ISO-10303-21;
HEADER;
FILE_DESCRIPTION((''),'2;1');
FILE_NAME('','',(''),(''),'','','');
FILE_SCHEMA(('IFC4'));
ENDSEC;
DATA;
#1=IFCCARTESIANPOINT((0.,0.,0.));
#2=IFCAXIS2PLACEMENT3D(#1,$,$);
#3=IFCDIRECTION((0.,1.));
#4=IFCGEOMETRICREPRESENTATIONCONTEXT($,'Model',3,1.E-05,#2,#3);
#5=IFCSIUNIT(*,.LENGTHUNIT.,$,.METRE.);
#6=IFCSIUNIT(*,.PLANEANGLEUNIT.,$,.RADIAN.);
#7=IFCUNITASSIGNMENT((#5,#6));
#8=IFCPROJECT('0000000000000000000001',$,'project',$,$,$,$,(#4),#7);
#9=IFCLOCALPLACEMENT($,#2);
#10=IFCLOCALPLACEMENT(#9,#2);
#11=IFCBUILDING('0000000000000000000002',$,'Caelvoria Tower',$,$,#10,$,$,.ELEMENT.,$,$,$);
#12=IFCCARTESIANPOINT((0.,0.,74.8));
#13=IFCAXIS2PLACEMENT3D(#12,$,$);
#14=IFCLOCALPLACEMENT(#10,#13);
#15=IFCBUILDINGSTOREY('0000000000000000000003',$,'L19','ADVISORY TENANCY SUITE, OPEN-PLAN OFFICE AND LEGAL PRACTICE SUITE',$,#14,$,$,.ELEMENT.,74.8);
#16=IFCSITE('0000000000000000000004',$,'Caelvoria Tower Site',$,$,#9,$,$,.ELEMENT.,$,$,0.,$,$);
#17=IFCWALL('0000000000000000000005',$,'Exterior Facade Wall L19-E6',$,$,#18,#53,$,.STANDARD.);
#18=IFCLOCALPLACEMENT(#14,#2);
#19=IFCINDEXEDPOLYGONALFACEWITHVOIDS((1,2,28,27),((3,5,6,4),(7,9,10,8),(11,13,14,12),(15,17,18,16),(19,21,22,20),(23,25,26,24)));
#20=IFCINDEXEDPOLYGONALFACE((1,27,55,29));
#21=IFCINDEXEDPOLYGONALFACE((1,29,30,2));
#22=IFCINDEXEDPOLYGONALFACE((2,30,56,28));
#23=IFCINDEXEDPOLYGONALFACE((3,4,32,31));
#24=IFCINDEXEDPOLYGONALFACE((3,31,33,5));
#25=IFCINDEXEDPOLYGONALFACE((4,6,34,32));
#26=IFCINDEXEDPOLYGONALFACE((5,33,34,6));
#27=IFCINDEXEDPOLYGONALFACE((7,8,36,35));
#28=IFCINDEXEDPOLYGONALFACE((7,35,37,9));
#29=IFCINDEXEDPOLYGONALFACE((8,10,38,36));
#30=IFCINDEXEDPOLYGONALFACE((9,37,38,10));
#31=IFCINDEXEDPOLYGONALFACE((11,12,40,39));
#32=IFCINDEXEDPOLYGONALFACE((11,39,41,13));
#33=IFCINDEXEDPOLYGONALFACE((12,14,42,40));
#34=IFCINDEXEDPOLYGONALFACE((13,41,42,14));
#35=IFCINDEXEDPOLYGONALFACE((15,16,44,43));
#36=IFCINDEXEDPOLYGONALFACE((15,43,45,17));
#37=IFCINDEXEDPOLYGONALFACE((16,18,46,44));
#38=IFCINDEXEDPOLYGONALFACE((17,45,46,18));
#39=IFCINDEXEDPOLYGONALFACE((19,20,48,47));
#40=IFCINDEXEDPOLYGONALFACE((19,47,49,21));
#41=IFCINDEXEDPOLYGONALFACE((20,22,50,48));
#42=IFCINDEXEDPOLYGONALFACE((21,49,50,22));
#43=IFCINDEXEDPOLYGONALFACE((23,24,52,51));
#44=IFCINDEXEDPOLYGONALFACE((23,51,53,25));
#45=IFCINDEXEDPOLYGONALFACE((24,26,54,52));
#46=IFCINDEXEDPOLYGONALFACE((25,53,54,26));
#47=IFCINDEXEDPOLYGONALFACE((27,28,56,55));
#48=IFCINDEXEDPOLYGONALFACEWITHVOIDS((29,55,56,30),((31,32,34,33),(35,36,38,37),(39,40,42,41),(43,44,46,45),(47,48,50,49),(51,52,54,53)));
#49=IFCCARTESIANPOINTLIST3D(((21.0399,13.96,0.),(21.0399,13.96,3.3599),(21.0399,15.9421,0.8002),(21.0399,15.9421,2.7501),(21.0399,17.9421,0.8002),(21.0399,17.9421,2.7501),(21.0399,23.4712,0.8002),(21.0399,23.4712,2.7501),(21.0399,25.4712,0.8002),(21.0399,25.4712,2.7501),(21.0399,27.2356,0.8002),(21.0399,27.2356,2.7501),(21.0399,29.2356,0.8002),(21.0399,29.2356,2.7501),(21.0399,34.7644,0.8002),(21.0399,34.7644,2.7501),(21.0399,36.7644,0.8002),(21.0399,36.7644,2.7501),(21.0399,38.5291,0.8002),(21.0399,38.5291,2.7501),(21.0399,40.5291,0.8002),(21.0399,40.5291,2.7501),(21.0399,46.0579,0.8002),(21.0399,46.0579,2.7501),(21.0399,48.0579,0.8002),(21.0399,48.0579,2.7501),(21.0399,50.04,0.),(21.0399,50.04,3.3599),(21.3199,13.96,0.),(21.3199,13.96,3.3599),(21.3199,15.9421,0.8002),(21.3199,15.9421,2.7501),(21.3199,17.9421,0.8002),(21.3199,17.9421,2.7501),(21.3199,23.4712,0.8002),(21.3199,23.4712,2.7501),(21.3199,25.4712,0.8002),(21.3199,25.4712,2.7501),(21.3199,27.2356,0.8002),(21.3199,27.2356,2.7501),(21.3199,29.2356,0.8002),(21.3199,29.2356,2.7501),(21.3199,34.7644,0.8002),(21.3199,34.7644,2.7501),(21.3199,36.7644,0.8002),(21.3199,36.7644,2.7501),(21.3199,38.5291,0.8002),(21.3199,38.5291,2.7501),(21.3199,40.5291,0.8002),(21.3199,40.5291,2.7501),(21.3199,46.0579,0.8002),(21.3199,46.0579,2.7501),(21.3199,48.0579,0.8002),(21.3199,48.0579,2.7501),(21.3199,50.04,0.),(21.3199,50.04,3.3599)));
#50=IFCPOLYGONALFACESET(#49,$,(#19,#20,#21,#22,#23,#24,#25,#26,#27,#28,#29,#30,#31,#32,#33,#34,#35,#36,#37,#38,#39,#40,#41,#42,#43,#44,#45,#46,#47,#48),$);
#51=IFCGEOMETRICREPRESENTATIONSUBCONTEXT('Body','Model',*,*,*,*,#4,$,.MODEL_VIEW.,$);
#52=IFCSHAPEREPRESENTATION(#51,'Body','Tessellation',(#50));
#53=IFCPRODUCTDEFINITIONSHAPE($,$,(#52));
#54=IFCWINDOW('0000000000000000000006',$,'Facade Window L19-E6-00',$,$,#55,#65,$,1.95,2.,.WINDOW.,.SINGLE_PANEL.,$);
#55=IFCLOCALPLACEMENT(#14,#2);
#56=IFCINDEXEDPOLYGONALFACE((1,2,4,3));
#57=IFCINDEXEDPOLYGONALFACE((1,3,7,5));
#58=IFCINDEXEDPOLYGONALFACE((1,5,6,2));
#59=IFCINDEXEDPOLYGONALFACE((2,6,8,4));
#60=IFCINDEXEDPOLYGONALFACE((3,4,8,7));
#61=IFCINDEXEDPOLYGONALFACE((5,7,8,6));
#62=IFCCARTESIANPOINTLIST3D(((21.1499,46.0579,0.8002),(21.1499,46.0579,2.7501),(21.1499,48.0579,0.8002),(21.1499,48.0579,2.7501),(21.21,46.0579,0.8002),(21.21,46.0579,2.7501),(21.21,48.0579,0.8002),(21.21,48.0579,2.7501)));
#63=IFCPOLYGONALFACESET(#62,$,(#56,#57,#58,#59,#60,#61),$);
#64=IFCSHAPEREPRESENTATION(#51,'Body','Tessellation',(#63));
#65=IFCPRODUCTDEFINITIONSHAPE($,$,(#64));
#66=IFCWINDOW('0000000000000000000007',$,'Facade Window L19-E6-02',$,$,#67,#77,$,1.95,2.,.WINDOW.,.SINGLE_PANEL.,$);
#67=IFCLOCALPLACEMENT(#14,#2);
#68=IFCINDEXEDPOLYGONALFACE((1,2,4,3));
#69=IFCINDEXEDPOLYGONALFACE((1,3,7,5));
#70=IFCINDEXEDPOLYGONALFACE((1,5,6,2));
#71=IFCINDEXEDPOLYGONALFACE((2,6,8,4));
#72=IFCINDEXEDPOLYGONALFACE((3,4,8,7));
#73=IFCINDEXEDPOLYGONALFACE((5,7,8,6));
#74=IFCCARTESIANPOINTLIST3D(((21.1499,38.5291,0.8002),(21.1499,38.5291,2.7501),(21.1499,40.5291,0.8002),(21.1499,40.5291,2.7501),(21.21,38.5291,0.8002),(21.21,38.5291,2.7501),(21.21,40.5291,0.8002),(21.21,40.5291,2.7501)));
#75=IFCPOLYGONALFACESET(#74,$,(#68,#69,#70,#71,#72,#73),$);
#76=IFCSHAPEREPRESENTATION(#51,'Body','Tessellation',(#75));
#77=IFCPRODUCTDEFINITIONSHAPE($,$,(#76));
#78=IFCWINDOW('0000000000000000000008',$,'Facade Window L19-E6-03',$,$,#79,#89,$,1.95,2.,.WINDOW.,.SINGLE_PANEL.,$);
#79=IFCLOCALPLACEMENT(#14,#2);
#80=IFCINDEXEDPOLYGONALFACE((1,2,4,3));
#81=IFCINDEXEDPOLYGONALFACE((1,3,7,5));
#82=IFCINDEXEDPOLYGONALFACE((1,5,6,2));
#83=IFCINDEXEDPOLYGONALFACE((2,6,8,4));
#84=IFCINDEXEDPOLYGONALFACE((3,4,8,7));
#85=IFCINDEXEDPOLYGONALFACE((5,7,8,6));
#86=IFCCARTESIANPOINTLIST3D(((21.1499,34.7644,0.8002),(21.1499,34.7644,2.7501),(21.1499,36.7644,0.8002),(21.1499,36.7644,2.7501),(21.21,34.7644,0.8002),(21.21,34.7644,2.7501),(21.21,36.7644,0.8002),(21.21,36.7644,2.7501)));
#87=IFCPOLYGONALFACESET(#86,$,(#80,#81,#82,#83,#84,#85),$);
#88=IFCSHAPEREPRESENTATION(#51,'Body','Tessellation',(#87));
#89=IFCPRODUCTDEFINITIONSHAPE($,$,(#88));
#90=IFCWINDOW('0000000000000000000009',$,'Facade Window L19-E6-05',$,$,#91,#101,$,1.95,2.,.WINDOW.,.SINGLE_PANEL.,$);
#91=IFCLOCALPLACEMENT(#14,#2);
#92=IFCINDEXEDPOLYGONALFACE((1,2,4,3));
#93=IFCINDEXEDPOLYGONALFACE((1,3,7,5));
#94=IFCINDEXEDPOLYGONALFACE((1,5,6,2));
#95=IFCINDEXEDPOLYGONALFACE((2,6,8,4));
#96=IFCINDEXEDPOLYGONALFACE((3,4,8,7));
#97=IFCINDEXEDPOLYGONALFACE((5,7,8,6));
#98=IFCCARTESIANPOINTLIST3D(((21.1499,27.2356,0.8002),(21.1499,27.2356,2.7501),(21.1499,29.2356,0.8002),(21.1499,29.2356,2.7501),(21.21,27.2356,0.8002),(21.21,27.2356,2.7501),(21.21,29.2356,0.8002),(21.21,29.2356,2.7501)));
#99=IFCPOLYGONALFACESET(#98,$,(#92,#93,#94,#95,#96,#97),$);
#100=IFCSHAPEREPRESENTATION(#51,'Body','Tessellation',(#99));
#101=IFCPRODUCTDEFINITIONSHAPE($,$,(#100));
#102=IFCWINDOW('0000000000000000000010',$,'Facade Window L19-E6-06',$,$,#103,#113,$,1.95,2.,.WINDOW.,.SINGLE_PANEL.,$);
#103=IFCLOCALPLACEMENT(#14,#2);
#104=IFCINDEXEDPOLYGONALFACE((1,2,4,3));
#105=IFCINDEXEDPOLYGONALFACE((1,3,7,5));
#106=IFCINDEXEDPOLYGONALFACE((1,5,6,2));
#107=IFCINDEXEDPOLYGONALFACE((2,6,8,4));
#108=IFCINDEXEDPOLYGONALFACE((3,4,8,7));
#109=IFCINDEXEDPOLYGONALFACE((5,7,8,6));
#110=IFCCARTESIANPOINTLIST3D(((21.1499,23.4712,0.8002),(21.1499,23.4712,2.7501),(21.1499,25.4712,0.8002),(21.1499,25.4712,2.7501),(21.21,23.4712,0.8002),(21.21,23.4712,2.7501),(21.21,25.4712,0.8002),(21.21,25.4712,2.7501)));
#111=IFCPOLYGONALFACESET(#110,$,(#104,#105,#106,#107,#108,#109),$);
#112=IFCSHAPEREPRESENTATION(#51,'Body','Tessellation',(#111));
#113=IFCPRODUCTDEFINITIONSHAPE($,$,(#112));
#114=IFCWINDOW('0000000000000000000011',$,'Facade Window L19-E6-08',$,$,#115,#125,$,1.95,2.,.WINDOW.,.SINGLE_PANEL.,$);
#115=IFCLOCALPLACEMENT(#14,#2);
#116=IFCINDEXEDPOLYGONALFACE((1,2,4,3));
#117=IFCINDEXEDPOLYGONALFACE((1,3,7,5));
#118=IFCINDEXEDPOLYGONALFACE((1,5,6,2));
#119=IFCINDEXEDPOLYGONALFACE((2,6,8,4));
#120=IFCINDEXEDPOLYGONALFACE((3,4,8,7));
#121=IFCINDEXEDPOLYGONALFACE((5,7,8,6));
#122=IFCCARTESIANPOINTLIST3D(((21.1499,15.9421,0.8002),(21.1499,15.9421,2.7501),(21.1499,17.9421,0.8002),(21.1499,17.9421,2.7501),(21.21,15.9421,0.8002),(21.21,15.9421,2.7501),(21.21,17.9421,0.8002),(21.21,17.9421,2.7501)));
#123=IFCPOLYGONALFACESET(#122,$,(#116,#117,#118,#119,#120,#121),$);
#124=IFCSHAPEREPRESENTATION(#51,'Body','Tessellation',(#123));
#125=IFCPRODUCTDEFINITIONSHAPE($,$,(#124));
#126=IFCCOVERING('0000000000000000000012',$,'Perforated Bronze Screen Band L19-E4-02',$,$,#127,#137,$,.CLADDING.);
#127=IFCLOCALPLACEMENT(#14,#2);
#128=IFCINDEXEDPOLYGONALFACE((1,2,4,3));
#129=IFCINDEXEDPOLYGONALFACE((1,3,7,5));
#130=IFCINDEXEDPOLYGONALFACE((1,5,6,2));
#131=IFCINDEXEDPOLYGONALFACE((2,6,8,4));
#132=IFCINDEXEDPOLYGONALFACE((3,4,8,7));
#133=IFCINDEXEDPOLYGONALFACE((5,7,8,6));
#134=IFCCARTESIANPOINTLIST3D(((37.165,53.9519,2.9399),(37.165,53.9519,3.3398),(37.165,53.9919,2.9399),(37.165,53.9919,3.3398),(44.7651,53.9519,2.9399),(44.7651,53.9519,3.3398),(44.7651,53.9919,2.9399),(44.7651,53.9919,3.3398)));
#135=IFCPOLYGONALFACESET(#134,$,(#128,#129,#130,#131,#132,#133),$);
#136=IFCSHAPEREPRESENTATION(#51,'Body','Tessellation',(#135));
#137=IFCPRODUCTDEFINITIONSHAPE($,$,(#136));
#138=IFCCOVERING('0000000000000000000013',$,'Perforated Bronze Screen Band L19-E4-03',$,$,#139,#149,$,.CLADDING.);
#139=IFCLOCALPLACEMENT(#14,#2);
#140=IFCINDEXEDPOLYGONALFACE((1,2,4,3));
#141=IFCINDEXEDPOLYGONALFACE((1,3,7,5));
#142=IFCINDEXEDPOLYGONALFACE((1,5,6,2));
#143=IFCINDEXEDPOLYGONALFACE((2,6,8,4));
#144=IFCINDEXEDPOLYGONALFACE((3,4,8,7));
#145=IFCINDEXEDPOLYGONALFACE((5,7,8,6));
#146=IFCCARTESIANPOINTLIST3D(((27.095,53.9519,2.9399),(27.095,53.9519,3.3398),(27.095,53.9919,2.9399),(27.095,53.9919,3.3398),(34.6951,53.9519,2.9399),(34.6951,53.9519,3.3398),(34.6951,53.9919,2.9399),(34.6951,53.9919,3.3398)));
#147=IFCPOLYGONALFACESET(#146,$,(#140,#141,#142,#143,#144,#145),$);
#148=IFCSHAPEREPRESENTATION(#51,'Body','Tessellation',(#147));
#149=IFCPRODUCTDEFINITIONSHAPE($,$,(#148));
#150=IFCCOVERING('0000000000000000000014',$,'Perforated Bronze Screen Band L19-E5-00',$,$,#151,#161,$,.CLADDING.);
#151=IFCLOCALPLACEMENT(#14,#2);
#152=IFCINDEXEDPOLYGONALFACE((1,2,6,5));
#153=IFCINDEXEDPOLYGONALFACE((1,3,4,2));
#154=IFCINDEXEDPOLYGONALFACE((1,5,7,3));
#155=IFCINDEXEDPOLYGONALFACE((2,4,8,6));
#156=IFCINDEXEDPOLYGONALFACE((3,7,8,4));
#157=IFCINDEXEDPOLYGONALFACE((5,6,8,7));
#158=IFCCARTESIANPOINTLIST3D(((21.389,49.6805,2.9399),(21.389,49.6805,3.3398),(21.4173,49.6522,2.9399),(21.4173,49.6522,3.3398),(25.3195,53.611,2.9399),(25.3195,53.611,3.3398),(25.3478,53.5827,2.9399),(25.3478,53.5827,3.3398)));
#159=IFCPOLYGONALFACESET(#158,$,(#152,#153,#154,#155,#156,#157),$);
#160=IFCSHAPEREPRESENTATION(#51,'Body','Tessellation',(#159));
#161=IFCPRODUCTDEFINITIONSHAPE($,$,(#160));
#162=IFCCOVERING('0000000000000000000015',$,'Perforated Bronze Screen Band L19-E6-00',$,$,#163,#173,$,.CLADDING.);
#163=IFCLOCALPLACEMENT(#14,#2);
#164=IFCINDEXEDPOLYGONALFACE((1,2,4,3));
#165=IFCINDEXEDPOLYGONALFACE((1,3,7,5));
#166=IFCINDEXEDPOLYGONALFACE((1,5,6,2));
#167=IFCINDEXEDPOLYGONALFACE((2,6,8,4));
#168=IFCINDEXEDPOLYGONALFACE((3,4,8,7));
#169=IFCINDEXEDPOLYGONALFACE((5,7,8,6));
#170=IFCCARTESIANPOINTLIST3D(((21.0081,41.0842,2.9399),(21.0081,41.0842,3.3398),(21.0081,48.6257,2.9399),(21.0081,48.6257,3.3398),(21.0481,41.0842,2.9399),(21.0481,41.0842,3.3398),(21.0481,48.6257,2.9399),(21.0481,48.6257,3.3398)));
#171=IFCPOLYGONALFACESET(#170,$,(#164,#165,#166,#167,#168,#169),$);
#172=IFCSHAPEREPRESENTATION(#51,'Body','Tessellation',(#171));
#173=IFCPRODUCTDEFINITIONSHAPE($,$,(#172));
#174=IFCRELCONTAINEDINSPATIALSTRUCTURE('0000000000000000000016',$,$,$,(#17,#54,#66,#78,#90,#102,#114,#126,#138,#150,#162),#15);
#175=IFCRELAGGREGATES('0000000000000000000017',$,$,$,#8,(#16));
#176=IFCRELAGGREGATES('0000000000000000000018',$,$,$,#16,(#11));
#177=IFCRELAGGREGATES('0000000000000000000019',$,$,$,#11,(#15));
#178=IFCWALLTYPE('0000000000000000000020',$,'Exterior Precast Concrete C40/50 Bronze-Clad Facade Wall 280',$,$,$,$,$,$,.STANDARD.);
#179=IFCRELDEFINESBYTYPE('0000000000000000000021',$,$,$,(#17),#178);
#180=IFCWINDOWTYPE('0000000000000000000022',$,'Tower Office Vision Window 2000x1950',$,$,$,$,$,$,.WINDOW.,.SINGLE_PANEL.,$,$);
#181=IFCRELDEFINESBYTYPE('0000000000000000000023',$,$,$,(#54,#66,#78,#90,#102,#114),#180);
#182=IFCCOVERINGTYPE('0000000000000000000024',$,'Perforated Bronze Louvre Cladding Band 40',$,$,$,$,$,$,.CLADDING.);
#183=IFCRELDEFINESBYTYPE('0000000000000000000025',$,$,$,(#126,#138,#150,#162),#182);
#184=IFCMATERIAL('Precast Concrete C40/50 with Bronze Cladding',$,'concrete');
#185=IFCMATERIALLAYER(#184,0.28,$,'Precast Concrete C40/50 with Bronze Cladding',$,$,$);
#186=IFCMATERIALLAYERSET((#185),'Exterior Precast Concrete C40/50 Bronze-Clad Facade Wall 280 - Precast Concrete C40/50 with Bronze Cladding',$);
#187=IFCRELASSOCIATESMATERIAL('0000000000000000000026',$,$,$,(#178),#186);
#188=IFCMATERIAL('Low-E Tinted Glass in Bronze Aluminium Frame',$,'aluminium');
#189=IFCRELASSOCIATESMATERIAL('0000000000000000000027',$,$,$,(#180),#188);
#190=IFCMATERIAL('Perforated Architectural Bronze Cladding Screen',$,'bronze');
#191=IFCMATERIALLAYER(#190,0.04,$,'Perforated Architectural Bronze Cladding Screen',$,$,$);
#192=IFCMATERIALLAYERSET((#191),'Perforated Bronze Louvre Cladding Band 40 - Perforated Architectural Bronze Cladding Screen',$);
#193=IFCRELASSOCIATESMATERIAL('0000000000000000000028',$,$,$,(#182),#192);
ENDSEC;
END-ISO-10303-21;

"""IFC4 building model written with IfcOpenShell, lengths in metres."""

from ifc_helpers import new_model, si_unit, direction, frame, frame_2d, origin, origin_2d, place, context, subcontext, project, spatial, rectangle, extrude, material, layer, layer_set, type_object, element, fill, save


model = new_model("IFC4")

# Units and contexts
model_context = context("Model", 3, precision=1e-05, world=origin(), true_north=direction((0.0, 1.0)))
body_context = subcontext(model_context, "Body", "Model", "MODEL_VIEW")
ifc_project = project(units=[si_unit("LENGTHUNIT", "METRE"), si_unit("PLANEANGLEUNIT", "RADIAN")], contexts=[model_context])

# Site, building, storey
site_placement = place(None, origin())
site = spatial("IfcSite", under=ifc_project, at=site_placement, Name="Caelvoria Tower Site", CompositionType="ELEMENT", RefElevation=0.0)
building_placement = place(site_placement, origin())
building = spatial("IfcBuilding", under=site, at=building_placement, Name="Caelvoria Tower", CompositionType="ELEMENT")
storey_placement = place(building_placement, frame((0.0, 0.0, 74.8)))
storey = spatial("IfcBuildingStorey", under=building, at=storey_placement, Name="L19", Description="ADVISORY TENANCY SUITE, OPEN-PLAN OFFICE AND LEGAL PRACTICE SUITE", CompositionType="ELEMENT", Elevation=74.8)

# Shared definitions
ifc_material_1 = material(Name="Precast Concrete C40/50 with Bronze Cladding", Category="concrete")
ifc_layer_1 = layer(ifc_material_1, 0.28, Name="Precast Concrete C40/50 with Bronze Cladding")
ifc_layer_set_1 = layer_set([ifc_layer_1], Name="Exterior Precast Concrete C40/50 Bronze-Clad Facade Wall 280 - Precast Concrete C40/50 with Bronze Cladding")
wall_type = type_object("IfcWallType", Name="Exterior Precast Concrete C40/50 Bronze-Clad Facade Wall 280", PredefinedType="STANDARD", material=ifc_layer_set_1)

# Wall, openings, windows
wall_1_placement = place(storey_placement, frame((21.1799, 50.04, 0.0), z_axis=(0.0, 0.0, 1.0), x_axis=(0.0, -1.0, 0.0)))
wall_1 = element("IfcWall", 1, at=wall_1_placement, inside=storey, type_object=wall_type, Name="Exterior Facade Wall L19-E6", PredefinedType="STANDARD", context=body_context, shape_type="SweptSolid", body=[
    extrude(rectangle(XDim=36.0801, YDim=0.28, at=frame_2d((18.04, 0.0))), origin(), (0.0, 0.0, 1.0), 3.3599),
])
opening_1_placement = place(wall_1_placement, frame((1.9822, 0.0, 0.8)))
opening_1 = element("IfcOpeningElement", 2, at=opening_1_placement, cuts=wall_1, PredefinedType="OPENING", context=body_context, shape_type="SweptSolid", body=[
    extrude(rectangle(XDim=2.0, YDim=1.95, at=frame_2d((1.0, 0.9751))), frame((0.0, 0.1499, 0.0), z_axis=(0.0, -1.0, 0.0), x_axis=(1.0, 0.0, 0.0)), (0.0, 0.0, 1.0), 0.3),
])
opening_2_placement = place(wall_1_placement, frame((9.511, 0.0, 0.8)))
opening_2 = element("IfcOpeningElement", 3, at=opening_2_placement, cuts=wall_1, PredefinedType="OPENING", context=body_context, shape_type="SweptSolid", body=[
    extrude(rectangle(XDim=2.0, YDim=1.95, at=frame_2d((1.0, 0.9751))), frame((0.0, 0.1499, 0.0), z_axis=(0.0, -1.0, 0.0), x_axis=(1.0, 0.0, 0.0)), (0.0, 0.0, 1.0), 0.3),
])
opening_3_placement = place(wall_1_placement, frame((13.2756, 0.0, 0.8)))
opening_3 = element("IfcOpeningElement", 4, at=opening_3_placement, cuts=wall_1, PredefinedType="OPENING", context=body_context, shape_type="SweptSolid", body=[
    extrude(rectangle(XDim=2.0, YDim=1.95, at=frame_2d((1.0, 0.9751))), frame((0.0, 0.1499, 0.0), z_axis=(0.0, -1.0, 0.0), x_axis=(1.0, 0.0, 0.0)), (0.0, 0.0, 1.0), 0.3),
])
opening_4_placement = place(wall_1_placement, frame((20.8044, 0.0, 0.8)))
opening_4 = element("IfcOpeningElement", 5, at=opening_4_placement, cuts=wall_1, PredefinedType="OPENING", context=body_context, shape_type="SweptSolid", body=[
    extrude(rectangle(XDim=2.0, YDim=1.95, at=frame_2d((1.0, 0.9751))), frame((0.0, 0.1499, 0.0), z_axis=(0.0, -1.0, 0.0), x_axis=(1.0, 0.0, 0.0)), (0.0, 0.0, 1.0), 0.3),
])
opening_5_placement = place(wall_1_placement, frame((24.5688, 0.0, 0.8)))
opening_5 = element("IfcOpeningElement", 6, at=opening_5_placement, cuts=wall_1, PredefinedType="OPENING", context=body_context, shape_type="SweptSolid", body=[
    extrude(rectangle(XDim=2.0, YDim=1.95, at=frame_2d((1.0, 0.9751))), frame((0.0, 0.1499, 0.0), z_axis=(0.0, -1.0, 0.0), x_axis=(1.0, 0.0, 0.0)), (0.0, 0.0, 1.0), 0.3),
])
opening_6_placement = place(wall_1_placement, frame((32.0979, 0.0, 0.8)))
opening_6 = element("IfcOpeningElement", 7, at=opening_6_placement, cuts=wall_1, PredefinedType="OPENING", context=body_context, shape_type="SweptSolid", body=[
    extrude(rectangle(XDim=2.0, YDim=1.95, at=frame_2d((1.0, 0.9751))), frame((0.0, 0.1499, 0.0), z_axis=(0.0, -1.0, 0.0), x_axis=(1.0, 0.0, 0.0)), (0.0, 0.0, 1.0), 0.3),
])
ifc_material_2 = material(Name="Low-E Tinted Glass in Bronze Aluminium Frame", Category="aluminium")
window_type = type_object("IfcWindowType", Name="Tower Office Vision Window 2000x1950", PartitioningType="SINGLE_PANEL", PredefinedType="WINDOW", material=ifc_material_2)
window_1_placement = place(opening_1_placement, origin())
window_1 = element("IfcWindow", 8, at=window_1_placement, inside=storey, type_object=window_type, Name="Facade Window L19-E6-00", OverallHeight=1.95, OverallWidth=2.0, PartitioningType="SINGLE_PANEL", PredefinedType="WINDOW", context=body_context, shape_type="SweptSolid", body=[
    extrude(rectangle(XDim=2.0, YDim=1.95, at=frame_2d((1.0, 0.9751))), frame((0.0, 0.03, 0.0), z_axis=(0.0, -1.0, 0.0), x_axis=(1.0, 0.0, 0.0)), (0.0, 0.0, 1.0), 0.0601),
])
fill(opening_1, window_1)
window_2_placement = place(opening_2_placement, origin())
window_2 = element("IfcWindow", 9, at=window_2_placement, inside=storey, type_object=window_type, Name="Facade Window L19-E6-02", OverallHeight=1.95, OverallWidth=2.0, PartitioningType="SINGLE_PANEL", PredefinedType="WINDOW", context=body_context, shape_type="SweptSolid", body=[
    extrude(rectangle(XDim=2.0, YDim=1.95, at=frame_2d((1.0, 0.9751))), frame((0.0, 0.03, 0.0), z_axis=(0.0, -1.0, 0.0), x_axis=(1.0, 0.0, 0.0)), (0.0, 0.0, 1.0), 0.0601),
])
fill(opening_2, window_2)
window_3_placement = place(opening_3_placement, origin())
window_3 = element("IfcWindow", 10, at=window_3_placement, inside=storey, type_object=window_type, Name="Facade Window L19-E6-03", OverallHeight=1.95, OverallWidth=2.0, PartitioningType="SINGLE_PANEL", PredefinedType="WINDOW", context=body_context, shape_type="SweptSolid", body=[
    extrude(rectangle(XDim=2.0, YDim=1.95, at=frame_2d((1.0, 0.9751))), frame((0.0, 0.03, 0.0), z_axis=(0.0, -1.0, 0.0), x_axis=(1.0, 0.0, 0.0)), (0.0, 0.0, 1.0), 0.0601),
])
fill(opening_3, window_3)
window_4_placement = place(opening_4_placement, origin())
window_4 = element("IfcWindow", 11, at=window_4_placement, inside=storey, type_object=window_type, Name="Facade Window L19-E6-05", OverallHeight=1.95, OverallWidth=2.0, PartitioningType="SINGLE_PANEL", PredefinedType="WINDOW", context=body_context, shape_type="SweptSolid", body=[
    extrude(rectangle(XDim=2.0, YDim=1.95, at=frame_2d((1.0, 0.9751))), frame((0.0, 0.03, 0.0), z_axis=(0.0, -1.0, 0.0), x_axis=(1.0, 0.0, 0.0)), (0.0, 0.0, 1.0), 0.0601),
])
fill(opening_4, window_4)
window_5_placement = place(opening_5_placement, origin())
window_5 = element("IfcWindow", 12, at=window_5_placement, inside=storey, type_object=window_type, Name="Facade Window L19-E6-06", OverallHeight=1.95, OverallWidth=2.0, PartitioningType="SINGLE_PANEL", PredefinedType="WINDOW", context=body_context, shape_type="SweptSolid", body=[
    extrude(rectangle(XDim=2.0, YDim=1.95, at=frame_2d((1.0, 0.9751))), frame((0.0, 0.03, 0.0), z_axis=(0.0, -1.0, 0.0), x_axis=(1.0, 0.0, 0.0)), (0.0, 0.0, 1.0), 0.0601),
])
fill(opening_5, window_5)
window_6_placement = place(opening_6_placement, origin())
window_6 = element("IfcWindow", 13, at=window_6_placement, inside=storey, type_object=window_type, Name="Facade Window L19-E6-08", OverallHeight=1.95, OverallWidth=2.0, PartitioningType="SINGLE_PANEL", PredefinedType="WINDOW", context=body_context, shape_type="SweptSolid", body=[
    extrude(rectangle(XDim=2.0, YDim=1.95, at=frame_2d((1.0, 0.9751))), frame((0.0, 0.03, 0.0), z_axis=(0.0, -1.0, 0.0), x_axis=(1.0, 0.0, 0.0)), (0.0, 0.0, 1.0), 0.0601),
])
fill(opening_6, window_6)

# Coverings
ifc_material_3 = material(Name="Perforated Architectural Bronze Cladding Screen", Category="bronze")
ifc_layer_2 = layer(ifc_material_3, 0.04, Name="Perforated Architectural Bronze Cladding Screen")
ifc_layer_set_2 = layer_set([ifc_layer_2], Name="Perforated Bronze Louvre Cladding Band 40 - Perforated Architectural Bronze Cladding Screen")
covering_type = type_object("IfcCoveringType", Name="Perforated Bronze Louvre Cladding Band 40", PredefinedType="CLADDING", material=ifc_layer_set_2)
for number, where, z_axis, x_axis, name in (
    (14, (40.9651, 53.9719, 2.9399), (0.0, 0.0, 1.0), (-1.0, 0.0, 0.0), "Perforated Bronze Screen Band L19-E4-02"),
    (15, (30.895, 53.9719, 2.9399), (0.0, 0.0, 1.0), (-1.0, 0.0, 0.0), "Perforated Bronze Screen Band L19-E4-03"),
):
    element("IfcCovering", number, at=place(storey_placement, frame(where, z_axis=z_axis, x_axis=x_axis)), inside=storey, type_object=covering_type, Name=name, PredefinedType="CLADDING", context=body_context, shape_type="SweptSolid", body=[
        extrude(rectangle(XDim=7.6001, YDim=0.04, at=origin_2d()), origin(), (0.0, 0.0, 1.0), 0.3999),
    ])
covering_1_placement = place(storey_placement, frame((23.3684, 51.6316, 2.9399), z_axis=(0.0, 0.0, 1.0), x_axis=(-0.707107, -0.707107, 0.0)))
element("IfcCovering", 16, at=covering_1_placement, inside=storey, type_object=covering_type, Name="Perforated Bronze Screen Band L19-E5-00", PredefinedType="CLADDING", context=body_context, shape_type="SweptSolid", body=[
    extrude(rectangle(XDim=5.5586, YDim=0.04, at=origin_2d()), origin(), (0.0, 0.0, 1.0), 0.3999),
])
covering_2_placement = place(storey_placement, frame((21.0281, 44.855, 2.9399), z_axis=(0.0, 0.0, 1.0), x_axis=(0.0, -1.0, 0.0)))
element("IfcCovering", 17, at=covering_2_placement, inside=storey, type_object=covering_type, Name="Perforated Bronze Screen Band L19-E6-00", PredefinedType="CLADDING", context=body_context, shape_type="SweptSolid", body=[
    extrude(rectangle(XDim=7.5415, YDim=0.04, at=origin_2d()), origin(), (0.0, 0.0, 1.0), 0.3999),
])

save(model, "model.ifc")
